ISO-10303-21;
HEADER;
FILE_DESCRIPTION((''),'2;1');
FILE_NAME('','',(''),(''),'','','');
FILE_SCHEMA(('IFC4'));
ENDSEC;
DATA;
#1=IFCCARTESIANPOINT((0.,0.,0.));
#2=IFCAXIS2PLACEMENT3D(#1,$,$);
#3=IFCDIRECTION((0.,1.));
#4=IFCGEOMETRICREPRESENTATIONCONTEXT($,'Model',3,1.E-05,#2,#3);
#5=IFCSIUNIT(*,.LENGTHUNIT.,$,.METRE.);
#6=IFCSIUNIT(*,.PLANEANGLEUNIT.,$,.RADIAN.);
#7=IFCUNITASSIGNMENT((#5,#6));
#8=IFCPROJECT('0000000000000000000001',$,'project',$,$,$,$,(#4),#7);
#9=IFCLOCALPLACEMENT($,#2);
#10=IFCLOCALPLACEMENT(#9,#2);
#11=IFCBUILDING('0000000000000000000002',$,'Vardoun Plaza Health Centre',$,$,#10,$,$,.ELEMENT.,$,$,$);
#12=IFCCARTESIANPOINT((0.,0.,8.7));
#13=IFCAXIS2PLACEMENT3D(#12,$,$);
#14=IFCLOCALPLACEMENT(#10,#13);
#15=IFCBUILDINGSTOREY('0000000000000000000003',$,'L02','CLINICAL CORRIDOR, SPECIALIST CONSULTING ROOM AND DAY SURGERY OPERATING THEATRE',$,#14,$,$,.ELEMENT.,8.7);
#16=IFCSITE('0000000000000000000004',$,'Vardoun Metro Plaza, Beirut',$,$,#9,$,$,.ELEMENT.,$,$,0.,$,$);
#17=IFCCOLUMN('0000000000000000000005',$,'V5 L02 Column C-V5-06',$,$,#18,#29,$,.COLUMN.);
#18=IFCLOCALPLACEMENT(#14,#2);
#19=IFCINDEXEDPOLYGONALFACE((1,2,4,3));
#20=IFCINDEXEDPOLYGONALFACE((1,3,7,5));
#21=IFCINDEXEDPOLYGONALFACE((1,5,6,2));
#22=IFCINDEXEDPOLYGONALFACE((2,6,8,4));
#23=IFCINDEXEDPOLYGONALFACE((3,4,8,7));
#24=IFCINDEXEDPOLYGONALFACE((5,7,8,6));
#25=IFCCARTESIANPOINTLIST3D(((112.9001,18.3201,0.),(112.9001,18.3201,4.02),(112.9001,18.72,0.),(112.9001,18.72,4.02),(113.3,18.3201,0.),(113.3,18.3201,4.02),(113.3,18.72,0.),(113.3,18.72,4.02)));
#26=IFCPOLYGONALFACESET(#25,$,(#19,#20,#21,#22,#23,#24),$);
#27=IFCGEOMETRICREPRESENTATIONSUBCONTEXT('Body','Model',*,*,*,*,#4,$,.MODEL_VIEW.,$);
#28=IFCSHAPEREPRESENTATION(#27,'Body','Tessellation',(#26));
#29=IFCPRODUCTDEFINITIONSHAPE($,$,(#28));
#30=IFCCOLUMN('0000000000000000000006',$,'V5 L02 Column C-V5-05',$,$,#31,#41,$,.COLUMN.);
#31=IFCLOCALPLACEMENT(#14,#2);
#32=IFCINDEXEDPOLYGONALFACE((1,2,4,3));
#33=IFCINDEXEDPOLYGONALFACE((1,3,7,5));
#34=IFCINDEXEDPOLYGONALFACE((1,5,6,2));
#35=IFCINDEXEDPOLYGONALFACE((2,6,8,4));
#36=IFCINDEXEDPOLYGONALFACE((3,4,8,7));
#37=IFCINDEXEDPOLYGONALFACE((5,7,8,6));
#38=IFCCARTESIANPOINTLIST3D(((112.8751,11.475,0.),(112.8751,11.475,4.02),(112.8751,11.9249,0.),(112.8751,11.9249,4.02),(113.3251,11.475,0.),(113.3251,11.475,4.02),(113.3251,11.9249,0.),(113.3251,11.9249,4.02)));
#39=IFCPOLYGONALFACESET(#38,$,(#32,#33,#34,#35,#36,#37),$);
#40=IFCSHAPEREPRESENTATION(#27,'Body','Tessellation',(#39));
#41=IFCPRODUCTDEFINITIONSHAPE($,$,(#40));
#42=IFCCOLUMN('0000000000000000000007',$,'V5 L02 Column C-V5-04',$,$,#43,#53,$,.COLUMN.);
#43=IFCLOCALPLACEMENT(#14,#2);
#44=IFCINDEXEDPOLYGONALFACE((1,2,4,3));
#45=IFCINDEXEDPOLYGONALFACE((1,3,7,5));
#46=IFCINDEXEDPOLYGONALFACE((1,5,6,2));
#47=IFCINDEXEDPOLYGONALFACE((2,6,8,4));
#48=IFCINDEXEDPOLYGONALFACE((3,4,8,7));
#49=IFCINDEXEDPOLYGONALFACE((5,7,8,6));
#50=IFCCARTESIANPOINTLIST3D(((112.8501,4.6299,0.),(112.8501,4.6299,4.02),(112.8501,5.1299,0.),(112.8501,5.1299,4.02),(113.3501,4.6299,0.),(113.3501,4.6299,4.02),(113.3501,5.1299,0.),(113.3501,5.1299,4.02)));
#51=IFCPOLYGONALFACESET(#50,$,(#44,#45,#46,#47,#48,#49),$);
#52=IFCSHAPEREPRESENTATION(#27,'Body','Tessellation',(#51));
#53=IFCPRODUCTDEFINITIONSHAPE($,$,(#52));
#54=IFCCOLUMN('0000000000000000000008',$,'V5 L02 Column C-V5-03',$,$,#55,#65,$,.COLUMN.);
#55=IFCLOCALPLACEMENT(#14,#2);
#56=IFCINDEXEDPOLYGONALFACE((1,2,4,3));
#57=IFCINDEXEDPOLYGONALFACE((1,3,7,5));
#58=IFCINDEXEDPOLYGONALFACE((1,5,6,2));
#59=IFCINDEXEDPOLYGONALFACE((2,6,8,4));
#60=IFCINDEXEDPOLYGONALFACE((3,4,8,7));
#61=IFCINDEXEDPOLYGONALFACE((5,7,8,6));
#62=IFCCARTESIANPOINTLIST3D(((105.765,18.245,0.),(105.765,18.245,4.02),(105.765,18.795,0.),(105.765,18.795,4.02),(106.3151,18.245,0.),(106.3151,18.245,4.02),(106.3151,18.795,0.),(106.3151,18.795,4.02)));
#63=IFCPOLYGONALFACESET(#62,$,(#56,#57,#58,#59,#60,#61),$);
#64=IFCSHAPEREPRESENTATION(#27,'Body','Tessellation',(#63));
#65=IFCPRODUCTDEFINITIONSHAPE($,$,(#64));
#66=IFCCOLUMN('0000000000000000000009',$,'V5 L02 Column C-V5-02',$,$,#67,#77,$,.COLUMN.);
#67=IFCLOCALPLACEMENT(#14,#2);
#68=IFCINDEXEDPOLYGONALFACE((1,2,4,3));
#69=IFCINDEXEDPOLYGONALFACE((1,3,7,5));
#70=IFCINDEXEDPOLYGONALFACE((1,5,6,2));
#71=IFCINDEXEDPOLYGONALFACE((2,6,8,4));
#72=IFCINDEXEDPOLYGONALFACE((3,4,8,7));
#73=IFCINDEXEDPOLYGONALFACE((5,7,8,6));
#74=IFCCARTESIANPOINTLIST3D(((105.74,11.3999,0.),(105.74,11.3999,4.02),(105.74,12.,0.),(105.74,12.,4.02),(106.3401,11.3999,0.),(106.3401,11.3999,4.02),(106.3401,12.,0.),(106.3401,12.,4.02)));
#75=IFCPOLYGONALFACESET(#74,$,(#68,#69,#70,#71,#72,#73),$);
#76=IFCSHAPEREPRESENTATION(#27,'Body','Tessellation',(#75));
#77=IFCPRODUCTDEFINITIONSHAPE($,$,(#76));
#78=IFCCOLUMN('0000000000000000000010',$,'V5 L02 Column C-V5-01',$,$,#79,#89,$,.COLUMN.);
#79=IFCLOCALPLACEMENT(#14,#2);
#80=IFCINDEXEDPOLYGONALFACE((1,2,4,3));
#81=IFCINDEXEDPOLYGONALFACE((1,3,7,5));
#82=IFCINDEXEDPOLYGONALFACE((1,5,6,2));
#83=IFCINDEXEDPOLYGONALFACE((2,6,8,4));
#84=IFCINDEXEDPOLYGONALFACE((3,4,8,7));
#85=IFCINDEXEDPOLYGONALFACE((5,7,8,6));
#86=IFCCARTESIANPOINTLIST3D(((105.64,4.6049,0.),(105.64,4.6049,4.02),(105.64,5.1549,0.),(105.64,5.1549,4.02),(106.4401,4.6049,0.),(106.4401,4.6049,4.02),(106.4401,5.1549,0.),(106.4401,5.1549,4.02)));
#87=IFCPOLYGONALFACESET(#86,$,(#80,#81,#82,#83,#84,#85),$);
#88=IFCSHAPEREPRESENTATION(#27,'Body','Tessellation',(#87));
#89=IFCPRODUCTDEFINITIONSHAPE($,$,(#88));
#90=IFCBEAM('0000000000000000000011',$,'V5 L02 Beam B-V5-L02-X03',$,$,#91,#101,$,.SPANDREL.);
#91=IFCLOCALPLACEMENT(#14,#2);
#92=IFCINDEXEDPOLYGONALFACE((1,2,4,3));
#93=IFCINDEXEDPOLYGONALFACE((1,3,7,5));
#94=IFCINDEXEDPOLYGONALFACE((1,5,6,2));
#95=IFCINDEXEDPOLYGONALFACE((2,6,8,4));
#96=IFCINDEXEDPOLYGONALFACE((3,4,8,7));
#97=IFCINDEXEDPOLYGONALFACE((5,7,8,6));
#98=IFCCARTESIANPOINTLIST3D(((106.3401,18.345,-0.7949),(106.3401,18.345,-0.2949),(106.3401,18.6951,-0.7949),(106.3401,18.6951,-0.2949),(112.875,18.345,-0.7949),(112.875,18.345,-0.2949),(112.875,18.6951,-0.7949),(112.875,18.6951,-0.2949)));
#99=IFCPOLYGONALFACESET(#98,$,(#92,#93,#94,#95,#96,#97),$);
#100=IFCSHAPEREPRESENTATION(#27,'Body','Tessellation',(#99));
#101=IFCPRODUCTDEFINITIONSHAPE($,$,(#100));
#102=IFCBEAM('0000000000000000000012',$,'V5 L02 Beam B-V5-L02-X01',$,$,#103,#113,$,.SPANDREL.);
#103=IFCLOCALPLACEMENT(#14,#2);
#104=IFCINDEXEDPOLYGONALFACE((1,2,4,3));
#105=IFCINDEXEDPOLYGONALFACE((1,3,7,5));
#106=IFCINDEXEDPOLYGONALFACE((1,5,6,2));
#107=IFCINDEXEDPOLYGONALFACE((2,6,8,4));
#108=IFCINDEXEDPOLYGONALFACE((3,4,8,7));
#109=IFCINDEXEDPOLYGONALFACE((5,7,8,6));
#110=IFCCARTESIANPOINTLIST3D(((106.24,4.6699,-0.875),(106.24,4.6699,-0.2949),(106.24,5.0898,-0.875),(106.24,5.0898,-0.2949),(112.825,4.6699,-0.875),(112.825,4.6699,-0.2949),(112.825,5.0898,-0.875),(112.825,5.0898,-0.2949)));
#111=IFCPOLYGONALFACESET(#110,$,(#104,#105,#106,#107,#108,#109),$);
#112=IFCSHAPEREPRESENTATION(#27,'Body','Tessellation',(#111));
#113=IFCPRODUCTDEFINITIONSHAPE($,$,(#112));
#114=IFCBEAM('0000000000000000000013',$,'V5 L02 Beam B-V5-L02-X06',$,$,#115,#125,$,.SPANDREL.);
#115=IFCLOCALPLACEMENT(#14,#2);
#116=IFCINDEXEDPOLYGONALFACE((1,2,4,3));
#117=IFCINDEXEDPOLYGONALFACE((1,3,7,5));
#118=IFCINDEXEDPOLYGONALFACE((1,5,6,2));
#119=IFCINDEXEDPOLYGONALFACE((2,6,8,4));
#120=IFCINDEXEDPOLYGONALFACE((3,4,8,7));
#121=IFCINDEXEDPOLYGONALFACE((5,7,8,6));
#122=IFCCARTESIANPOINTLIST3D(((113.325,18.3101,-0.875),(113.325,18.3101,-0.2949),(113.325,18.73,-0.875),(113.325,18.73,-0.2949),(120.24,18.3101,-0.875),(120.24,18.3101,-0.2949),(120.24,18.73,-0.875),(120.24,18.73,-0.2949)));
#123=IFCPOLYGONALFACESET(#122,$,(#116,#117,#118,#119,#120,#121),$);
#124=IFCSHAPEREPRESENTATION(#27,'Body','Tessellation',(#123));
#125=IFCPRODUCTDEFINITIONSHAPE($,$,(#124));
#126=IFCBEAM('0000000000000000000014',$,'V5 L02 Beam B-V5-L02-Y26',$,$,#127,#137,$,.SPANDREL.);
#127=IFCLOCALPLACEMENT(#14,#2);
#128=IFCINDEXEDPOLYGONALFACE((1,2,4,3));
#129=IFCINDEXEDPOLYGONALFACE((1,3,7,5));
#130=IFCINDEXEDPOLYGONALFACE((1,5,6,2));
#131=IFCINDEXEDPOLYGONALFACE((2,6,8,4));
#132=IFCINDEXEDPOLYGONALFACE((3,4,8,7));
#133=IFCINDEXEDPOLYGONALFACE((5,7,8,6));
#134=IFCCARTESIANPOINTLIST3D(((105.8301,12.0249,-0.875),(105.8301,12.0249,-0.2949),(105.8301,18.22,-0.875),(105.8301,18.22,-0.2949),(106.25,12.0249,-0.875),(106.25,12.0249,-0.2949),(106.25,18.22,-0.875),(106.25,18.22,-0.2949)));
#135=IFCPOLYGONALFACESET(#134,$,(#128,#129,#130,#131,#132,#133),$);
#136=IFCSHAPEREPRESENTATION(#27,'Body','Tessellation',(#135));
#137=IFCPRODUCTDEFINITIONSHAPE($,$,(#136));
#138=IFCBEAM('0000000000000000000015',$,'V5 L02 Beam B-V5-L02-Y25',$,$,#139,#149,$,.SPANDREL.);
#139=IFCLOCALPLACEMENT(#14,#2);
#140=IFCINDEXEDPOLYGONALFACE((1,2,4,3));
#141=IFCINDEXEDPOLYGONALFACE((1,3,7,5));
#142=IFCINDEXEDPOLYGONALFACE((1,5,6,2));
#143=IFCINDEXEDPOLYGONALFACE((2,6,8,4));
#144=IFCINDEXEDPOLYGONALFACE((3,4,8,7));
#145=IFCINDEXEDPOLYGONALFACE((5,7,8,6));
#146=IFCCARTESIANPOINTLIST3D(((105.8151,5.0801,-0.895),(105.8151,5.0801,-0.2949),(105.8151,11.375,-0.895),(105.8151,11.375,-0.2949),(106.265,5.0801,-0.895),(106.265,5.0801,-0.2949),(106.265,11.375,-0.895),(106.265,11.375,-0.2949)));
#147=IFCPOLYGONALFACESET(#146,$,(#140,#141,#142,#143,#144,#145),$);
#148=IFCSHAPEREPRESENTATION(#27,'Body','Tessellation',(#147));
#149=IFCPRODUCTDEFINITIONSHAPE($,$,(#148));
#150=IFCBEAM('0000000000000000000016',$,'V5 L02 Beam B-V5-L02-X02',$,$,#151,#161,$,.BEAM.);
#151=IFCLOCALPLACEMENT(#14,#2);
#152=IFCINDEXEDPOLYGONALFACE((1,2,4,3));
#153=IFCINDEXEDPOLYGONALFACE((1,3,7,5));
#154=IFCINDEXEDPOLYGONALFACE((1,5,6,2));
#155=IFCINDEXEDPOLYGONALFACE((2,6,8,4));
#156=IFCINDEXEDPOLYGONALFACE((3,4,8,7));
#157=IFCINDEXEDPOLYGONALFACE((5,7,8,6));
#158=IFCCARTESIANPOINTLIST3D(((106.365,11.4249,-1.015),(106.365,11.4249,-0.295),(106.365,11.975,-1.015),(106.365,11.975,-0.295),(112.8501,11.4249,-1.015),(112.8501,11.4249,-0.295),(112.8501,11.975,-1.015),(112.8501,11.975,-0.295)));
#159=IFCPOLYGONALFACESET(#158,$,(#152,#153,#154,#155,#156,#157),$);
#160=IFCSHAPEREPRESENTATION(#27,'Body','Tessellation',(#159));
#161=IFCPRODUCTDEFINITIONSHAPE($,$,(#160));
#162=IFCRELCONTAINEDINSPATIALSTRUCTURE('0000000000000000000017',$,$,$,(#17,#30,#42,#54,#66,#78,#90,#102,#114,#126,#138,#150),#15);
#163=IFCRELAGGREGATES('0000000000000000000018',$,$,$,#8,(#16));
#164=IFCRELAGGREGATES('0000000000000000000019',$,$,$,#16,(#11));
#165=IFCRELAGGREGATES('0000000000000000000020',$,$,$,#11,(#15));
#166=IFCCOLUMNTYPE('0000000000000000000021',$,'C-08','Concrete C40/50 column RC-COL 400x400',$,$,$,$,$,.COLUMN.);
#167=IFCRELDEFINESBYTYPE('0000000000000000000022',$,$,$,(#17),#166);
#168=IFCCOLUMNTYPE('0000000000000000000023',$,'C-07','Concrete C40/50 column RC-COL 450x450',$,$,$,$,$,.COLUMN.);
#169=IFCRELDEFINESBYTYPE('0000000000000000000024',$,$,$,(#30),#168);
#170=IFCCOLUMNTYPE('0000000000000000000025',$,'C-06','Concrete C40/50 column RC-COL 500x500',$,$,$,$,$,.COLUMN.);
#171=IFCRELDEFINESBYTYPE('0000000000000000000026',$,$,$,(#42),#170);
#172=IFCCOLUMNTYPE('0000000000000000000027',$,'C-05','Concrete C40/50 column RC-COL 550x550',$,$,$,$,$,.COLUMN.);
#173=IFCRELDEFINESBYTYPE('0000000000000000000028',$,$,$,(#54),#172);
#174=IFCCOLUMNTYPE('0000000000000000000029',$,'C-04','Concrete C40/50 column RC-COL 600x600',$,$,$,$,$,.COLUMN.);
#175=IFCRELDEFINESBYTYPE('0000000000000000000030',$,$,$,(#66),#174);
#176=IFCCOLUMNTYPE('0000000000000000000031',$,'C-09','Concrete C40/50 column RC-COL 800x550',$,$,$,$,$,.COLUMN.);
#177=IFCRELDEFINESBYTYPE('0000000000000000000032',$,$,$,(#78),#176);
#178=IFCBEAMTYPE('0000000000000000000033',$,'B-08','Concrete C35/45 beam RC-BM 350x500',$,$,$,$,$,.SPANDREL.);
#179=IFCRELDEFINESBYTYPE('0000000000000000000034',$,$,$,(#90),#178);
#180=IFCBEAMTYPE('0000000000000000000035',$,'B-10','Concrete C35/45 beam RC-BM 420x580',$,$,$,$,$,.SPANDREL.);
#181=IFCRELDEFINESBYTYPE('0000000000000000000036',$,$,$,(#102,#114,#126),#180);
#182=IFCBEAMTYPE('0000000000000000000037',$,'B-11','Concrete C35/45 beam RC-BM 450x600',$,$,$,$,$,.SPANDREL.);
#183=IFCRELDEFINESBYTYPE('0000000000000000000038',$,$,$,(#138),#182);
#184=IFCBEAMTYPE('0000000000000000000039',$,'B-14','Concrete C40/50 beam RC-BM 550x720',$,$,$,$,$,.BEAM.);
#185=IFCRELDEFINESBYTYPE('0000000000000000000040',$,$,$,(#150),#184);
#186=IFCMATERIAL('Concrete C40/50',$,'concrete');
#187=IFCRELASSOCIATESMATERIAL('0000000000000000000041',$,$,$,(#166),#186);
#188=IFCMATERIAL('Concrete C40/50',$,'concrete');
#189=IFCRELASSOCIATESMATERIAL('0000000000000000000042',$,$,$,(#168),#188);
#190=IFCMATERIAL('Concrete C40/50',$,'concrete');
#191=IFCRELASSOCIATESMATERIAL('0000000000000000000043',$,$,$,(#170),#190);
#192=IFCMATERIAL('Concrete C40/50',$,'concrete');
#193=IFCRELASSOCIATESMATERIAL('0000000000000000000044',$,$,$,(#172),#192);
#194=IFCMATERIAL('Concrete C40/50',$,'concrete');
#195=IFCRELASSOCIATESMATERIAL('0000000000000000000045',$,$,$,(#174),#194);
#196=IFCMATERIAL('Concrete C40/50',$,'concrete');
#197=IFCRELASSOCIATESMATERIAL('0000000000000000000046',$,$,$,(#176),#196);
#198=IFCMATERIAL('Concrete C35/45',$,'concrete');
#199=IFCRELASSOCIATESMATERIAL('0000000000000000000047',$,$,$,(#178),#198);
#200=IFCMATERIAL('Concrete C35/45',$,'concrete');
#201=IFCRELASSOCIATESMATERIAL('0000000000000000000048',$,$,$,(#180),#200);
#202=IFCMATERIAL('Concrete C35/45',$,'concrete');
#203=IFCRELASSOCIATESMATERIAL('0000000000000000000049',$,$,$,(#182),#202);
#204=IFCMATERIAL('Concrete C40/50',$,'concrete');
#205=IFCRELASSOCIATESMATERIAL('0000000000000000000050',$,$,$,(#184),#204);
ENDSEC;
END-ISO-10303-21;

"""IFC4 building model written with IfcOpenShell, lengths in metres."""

from ifc_helpers import new_model, si_unit, direction, frame, origin, origin_2d, place, context, subcontext, project, spatial, rectangle, extrude, material, material_profile, profile_set, type_object, element, save


model = new_model("IFC4")

# Units and contexts
model_context = context("Model", 3, precision=1e-05, world=origin(), true_north=direction((0.0, 1.0)))
body_context = subcontext(model_context, "Body", "Model", "MODEL_VIEW")
ifc_project = project(units=[si_unit("LENGTHUNIT", "METRE"), si_unit("PLANEANGLEUNIT", "RADIAN")], contexts=[model_context])

# Site, building, storey
site_placement = place(None, origin())
site = spatial("IfcSite", under=ifc_project, at=site_placement, Name="Vardoun Metro Plaza, Beirut", CompositionType="ELEMENT", RefElevation=0.0)
building_placement = place(site_placement, origin())
building = spatial("IfcBuilding", under=site, at=building_placement, Name="Vardoun Plaza Health Centre", CompositionType="ELEMENT")
storey_placement = place(building_placement, frame((0.0, 0.0, 8.7)))
storey = spatial("IfcBuildingStorey", under=building, at=storey_placement, Name="L02", Description="CLINICAL CORRIDOR, SPECIALIST CONSULTING ROOM AND DAY SURGERY OPERATING THEATRE", CompositionType="ELEMENT", Elevation=8.7)

# Columns
ifc_material_1 = material(Name="Concrete C40/50", Category="concrete")
ifc_material_profile_1 = material_profile(ifc_material_1, rectangle(XDim=0.3999, YDim=0.3999, at=origin_2d()), Name="RC-COL 400x400")
ifc_profile_set_1 = profile_set([ifc_material_profile_1], Name="Concrete C40/50")
column_type_1 = type_object("IfcColumnType", Name="C-08", Description="Concrete C40/50 column RC-COL 400x400", PredefinedType="COLUMN", material=ifc_profile_set_1)
column_1_placement = place(storey_placement, frame((113.1001, 18.52, 0.0), z_axis=(0.0, 0.0, 1.0), x_axis=(1.0, 0.0, 0.0)))
element("IfcColumn", 1, at=column_1_placement, inside=storey, type_object=column_type_1, Name="V5 L02 Column C-V5-06", PredefinedType="COLUMN", context=body_context, shape_type="SweptSolid", body=[
    extrude(rectangle(XDim=0.3999, YDim=0.3999, at=origin_2d()), origin(), (0.0, 0.0, 1.0), 4.02),
])
ifc_material_2 = material(Name="Concrete C40/50", Category="concrete")
ifc_material_profile_2 = material_profile(ifc_material_2, rectangle(XDim=0.45, YDim=0.45, at=origin_2d()), Name="RC-COL 450x450")
ifc_profile_set_2 = profile_set([ifc_material_profile_2], Name="Concrete C40/50")
column_type_2 = type_object("IfcColumnType", Name="C-07", Description="Concrete C40/50 column RC-COL 450x450", PredefinedType="COLUMN", material=ifc_profile_set_2)
column_2_placement = place(storey_placement, frame((113.1001, 11.7, 0.0), z_axis=(0.0, 0.0, 1.0), x_axis=(1.0, 0.0, 0.0)))
element("IfcColumn", 2, at=column_2_placement, inside=storey, type_object=column_type_2, Name="V5 L02 Column C-V5-05", PredefinedType="COLUMN", context=body_context, shape_type="SweptSolid", body=[
    extrude(rectangle(XDim=0.45, YDim=0.45, at=origin_2d()), origin(), (0.0, 0.0, 1.0), 4.02),
])
ifc_material_3 = material(Name="Concrete C40/50", Category="concrete")
ifc_material_profile_3 = material_profile(ifc_material_3, rectangle(XDim=0.5, YDim=0.5, at=origin_2d()), Name="RC-COL 500x500")
ifc_profile_set_3 = profile_set([ifc_material_profile_3], Name="Concrete C40/50")
column_type_3 = type_object("IfcColumnType", Name="C-06", Description="Concrete C40/50 column RC-COL 500x500", PredefinedType="COLUMN", material=ifc_profile_set_3)
column_3_placement = place(storey_placement, frame((113.1001, 4.8799, 0.0), z_axis=(0.0, 0.0, 1.0), x_axis=(1.0, 0.0, 0.0)))
element("IfcColumn", 3, at=column_3_placement, inside=storey, type_object=column_type_3, Name="V5 L02 Column C-V5-04", PredefinedType="COLUMN", context=body_context, shape_type="SweptSolid", body=[
    extrude(rectangle(XDim=0.5, YDim=0.5, at=origin_2d()), origin(), (0.0, 0.0, 1.0), 4.02),
])
ifc_material_4 = material(Name="Concrete C40/50", Category="concrete")
ifc_material_profile_4 = material_profile(ifc_material_4, rectangle(XDim=0.55, YDim=0.55, at=origin_2d()), Name="RC-COL 550x550")
ifc_profile_set_4 = profile_set([ifc_material_profile_4], Name="Concrete C40/50")
column_type_4 = type_object("IfcColumnType", Name="C-05", Description="Concrete C40/50 column RC-COL 550x550", PredefinedType="COLUMN", material=ifc_profile_set_4)
column_4_placement = place(storey_placement, frame((106.04, 18.52, 0.0), z_axis=(0.0, 0.0, 1.0), x_axis=(1.0, 0.0, 0.0)))
element("IfcColumn", 4, at=column_4_placement, inside=storey, type_object=column_type_4, Name="V5 L02 Column C-V5-03", PredefinedType="COLUMN", context=body_context, shape_type="SweptSolid", body=[
    extrude(rectangle(XDim=0.55, YDim=0.55, at=origin_2d()), origin(), (0.0, 0.0, 1.0), 4.02),
])
ifc_material_5 = material(Name="Concrete C40/50", Category="concrete")
ifc_material_profile_5 = material_profile(ifc_material_5, rectangle(XDim=0.6001, YDim=0.6001, at=origin_2d()), Name="RC-COL 600x600")
ifc_profile_set_5 = profile_set([ifc_material_profile_5], Name="Concrete C40/50")
column_type_5 = type_object("IfcColumnType", Name="C-04", Description="Concrete C40/50 column RC-COL 600x600", PredefinedType="COLUMN", material=ifc_profile_set_5)
column_5_placement = place(storey_placement, frame((106.04, 11.7, 0.0), z_axis=(0.0, 0.0, 1.0), x_axis=(1.0, 0.0, 0.0)))
element("IfcColumn", 5, at=column_5_placement, inside=storey, type_object=column_type_5, Name="V5 L02 Column C-V5-02", PredefinedType="COLUMN", context=body_context, shape_type="SweptSolid", body=[
    extrude(rectangle(XDim=0.6001, YDim=0.6001, at=origin_2d()), origin(), (0.0, 0.0, 1.0), 4.02),
])
ifc_material_6 = material(Name="Concrete C40/50", Category="concrete")
ifc_material_profile_6 = material_profile(ifc_material_6, rectangle(XDim=0.8, YDim=0.55, at=origin_2d()), Name="RC-COL 800x550")
ifc_profile_set_6 = profile_set([ifc_material_profile_6], Name="Concrete C40/50")
column_type_6 = type_object("IfcColumnType", Name="C-09", Description="Concrete C40/50 column RC-COL 800x550", PredefinedType="COLUMN", material=ifc_profile_set_6)
column_6_placement = place(storey_placement, frame((106.04, 4.8799, 0.0), z_axis=(0.0, 0.0, 1.0), x_axis=(1.0, 0.0, 0.0)))
element("IfcColumn", 6, at=column_6_placement, inside=storey, type_object=column_type_6, Name="V5 L02 Column C-V5-01", PredefinedType="COLUMN", context=body_context, shape_type="SweptSolid", body=[
    extrude(rectangle(XDim=0.8, YDim=0.55, at=origin_2d()), origin(), (0.0, 0.0, 1.0), 4.02),
])

# Beams
ifc_material_7 = material(Name="Concrete C35/45", Category="concrete")
ifc_material_profile_7 = material_profile(ifc_material_7, rectangle(XDim=0.3501, YDim=0.5, at=origin_2d()), Name="RC-BM 350x500")
ifc_profile_set_7 = profile_set([ifc_material_profile_7], Name="Concrete C35/45")
beam_type_1 = type_object("IfcBeamType", Name="B-08", Description="Concrete C35/45 beam RC-BM 350x500", PredefinedType="SPANDREL", material=ifc_profile_set_7)
beam_1_placement = place(storey_placement, frame((106.3401, 18.52, -0.5449), z_axis=(1.0, 0.0, 0.0), x_axis=(0.0, 1.0, 0.0)))
element("IfcBeam", 7, at=beam_1_placement, inside=storey, type_object=beam_type_1, Name="V5 L02 Beam B-V5-L02-X03", PredefinedType="SPANDREL", context=body_context, shape_type="SweptSolid", body=[
    extrude(rectangle(XDim=0.3501, YDim=0.5, at=origin_2d()), origin(), (0.0, 0.0, 1.0), 6.5349),
])
ifc_material_8 = material(Name="Concrete C35/45", Category="concrete")
ifc_material_profile_8 = material_profile(ifc_material_8, rectangle(XDim=0.4199, YDim=0.5801, at=origin_2d()), Name="RC-BM 420x580")
ifc_profile_set_8 = profile_set([ifc_material_profile_8], Name="Concrete C35/45")
beam_type_2 = type_object("IfcBeamType", Name="B-10", Description="Concrete C35/45 beam RC-BM 420x580", PredefinedType="SPANDREL", material=ifc_profile_set_8)
beam_2_placement = place(storey_placement, frame((106.24, 4.8799, -0.585), z_axis=(1.0, 0.0, 0.0), x_axis=(0.0, 1.0, 0.0)))
element("IfcBeam", 8, at=beam_2_placement, inside=storey, type_object=beam_type_2, Name="V5 L02 Beam B-V5-L02-X01", PredefinedType="SPANDREL", context=body_context, shape_type="SweptSolid", body=[
    extrude(rectangle(XDim=0.4199, YDim=0.5801, at=origin_2d()), origin(), (0.0, 0.0, 1.0), 6.585),
])
beam_3_placement = place(storey_placement, frame((113.325, 18.52, -0.585), z_axis=(1.0, 0.0, 0.0), x_axis=(0.0, 1.0, 0.0)))
element("IfcBeam", 9, at=beam_3_placement, inside=storey, type_object=beam_type_2, Name="V5 L02 Beam B-V5-L02-X06", PredefinedType="SPANDREL", context=body_context, shape_type="SweptSolid", body=[
    extrude(rectangle(XDim=0.4199, YDim=0.5801, at=origin_2d()), origin(), (0.0, 0.0, 1.0), 6.915),
])
beam_4_placement = place(storey_placement, frame((106.04, 12.0249, -0.585), z_axis=(0.0, 1.0, 0.0), x_axis=(-1.0, 0.0, 0.0)))
element("IfcBeam", 10, at=beam_4_placement, inside=storey, type_object=beam_type_2, Name="V5 L02 Beam B-V5-L02-Y26", PredefinedType="SPANDREL", context=body_context, shape_type="SweptSolid", body=[
    extrude(rectangle(XDim=0.4199, YDim=0.5801, at=origin_2d()), origin(), (0.0, 0.0, 1.0), 6.1951),
])
ifc_material_9 = material(Name="Concrete C35/45", Category="concrete")
ifc_material_profile_9 = material_profile(ifc_material_9, rectangle(XDim=0.45, YDim=0.6001, at=origin_2d()), Name="RC-BM 450x600")
ifc_profile_set_9 = profile_set([ifc_material_profile_9], Name="Concrete C35/45")
beam_type_3 = type_object("IfcBeamType", Name="B-11", Description="Concrete C35/45 beam RC-BM 450x600", PredefinedType="SPANDREL", material=ifc_profile_set_9)
beam_5_placement = place(storey_placement, frame((106.04, 5.0801, -0.595), z_axis=(0.0, 1.0, 0.0), x_axis=(-1.0, 0.0, 0.0)))
element("IfcBeam", 11, at=beam_5_placement, inside=storey, type_object=beam_type_3, Name="V5 L02 Beam B-V5-L02-Y25", PredefinedType="SPANDREL", context=body_context, shape_type="SweptSolid", body=[
    extrude(rectangle(XDim=0.45, YDim=0.6001, at=origin_2d()), origin(), (0.0, 0.0, 1.0), 6.2949),
])
ifc_material_10 = material(Name="Concrete C40/50", Category="concrete")
ifc_material_profile_10 = material_profile(ifc_material_10, rectangle(XDim=0.55, YDim=0.72, at=origin_2d()), Name="RC-BM 550x720")
ifc_profile_set_10 = profile_set([ifc_material_profile_10], Name="Concrete C40/50")
beam_type_4 = type_object("IfcBeamType", Name="B-14", Description="Concrete C40/50 beam RC-BM 550x720", PredefinedType="BEAM", material=ifc_profile_set_10)
beam_6_placement = place(storey_placement, frame((106.365, 11.7, -0.655), z_axis=(1.0, 0.0, 0.0), x_axis=(0.0, 1.0, 0.0)))
element("IfcBeam", 12, at=beam_6_placement, inside=storey, type_object=beam_type_4, Name="V5 L02 Beam B-V5-L02-X02", PredefinedType="BEAM", context=body_context, shape_type="SweptSolid", body=[
    extrude(rectangle(XDim=0.55, YDim=0.72, at=origin_2d()), origin(), (0.0, 0.0, 1.0), 6.4851),
])

save(model, "model.ifc")
